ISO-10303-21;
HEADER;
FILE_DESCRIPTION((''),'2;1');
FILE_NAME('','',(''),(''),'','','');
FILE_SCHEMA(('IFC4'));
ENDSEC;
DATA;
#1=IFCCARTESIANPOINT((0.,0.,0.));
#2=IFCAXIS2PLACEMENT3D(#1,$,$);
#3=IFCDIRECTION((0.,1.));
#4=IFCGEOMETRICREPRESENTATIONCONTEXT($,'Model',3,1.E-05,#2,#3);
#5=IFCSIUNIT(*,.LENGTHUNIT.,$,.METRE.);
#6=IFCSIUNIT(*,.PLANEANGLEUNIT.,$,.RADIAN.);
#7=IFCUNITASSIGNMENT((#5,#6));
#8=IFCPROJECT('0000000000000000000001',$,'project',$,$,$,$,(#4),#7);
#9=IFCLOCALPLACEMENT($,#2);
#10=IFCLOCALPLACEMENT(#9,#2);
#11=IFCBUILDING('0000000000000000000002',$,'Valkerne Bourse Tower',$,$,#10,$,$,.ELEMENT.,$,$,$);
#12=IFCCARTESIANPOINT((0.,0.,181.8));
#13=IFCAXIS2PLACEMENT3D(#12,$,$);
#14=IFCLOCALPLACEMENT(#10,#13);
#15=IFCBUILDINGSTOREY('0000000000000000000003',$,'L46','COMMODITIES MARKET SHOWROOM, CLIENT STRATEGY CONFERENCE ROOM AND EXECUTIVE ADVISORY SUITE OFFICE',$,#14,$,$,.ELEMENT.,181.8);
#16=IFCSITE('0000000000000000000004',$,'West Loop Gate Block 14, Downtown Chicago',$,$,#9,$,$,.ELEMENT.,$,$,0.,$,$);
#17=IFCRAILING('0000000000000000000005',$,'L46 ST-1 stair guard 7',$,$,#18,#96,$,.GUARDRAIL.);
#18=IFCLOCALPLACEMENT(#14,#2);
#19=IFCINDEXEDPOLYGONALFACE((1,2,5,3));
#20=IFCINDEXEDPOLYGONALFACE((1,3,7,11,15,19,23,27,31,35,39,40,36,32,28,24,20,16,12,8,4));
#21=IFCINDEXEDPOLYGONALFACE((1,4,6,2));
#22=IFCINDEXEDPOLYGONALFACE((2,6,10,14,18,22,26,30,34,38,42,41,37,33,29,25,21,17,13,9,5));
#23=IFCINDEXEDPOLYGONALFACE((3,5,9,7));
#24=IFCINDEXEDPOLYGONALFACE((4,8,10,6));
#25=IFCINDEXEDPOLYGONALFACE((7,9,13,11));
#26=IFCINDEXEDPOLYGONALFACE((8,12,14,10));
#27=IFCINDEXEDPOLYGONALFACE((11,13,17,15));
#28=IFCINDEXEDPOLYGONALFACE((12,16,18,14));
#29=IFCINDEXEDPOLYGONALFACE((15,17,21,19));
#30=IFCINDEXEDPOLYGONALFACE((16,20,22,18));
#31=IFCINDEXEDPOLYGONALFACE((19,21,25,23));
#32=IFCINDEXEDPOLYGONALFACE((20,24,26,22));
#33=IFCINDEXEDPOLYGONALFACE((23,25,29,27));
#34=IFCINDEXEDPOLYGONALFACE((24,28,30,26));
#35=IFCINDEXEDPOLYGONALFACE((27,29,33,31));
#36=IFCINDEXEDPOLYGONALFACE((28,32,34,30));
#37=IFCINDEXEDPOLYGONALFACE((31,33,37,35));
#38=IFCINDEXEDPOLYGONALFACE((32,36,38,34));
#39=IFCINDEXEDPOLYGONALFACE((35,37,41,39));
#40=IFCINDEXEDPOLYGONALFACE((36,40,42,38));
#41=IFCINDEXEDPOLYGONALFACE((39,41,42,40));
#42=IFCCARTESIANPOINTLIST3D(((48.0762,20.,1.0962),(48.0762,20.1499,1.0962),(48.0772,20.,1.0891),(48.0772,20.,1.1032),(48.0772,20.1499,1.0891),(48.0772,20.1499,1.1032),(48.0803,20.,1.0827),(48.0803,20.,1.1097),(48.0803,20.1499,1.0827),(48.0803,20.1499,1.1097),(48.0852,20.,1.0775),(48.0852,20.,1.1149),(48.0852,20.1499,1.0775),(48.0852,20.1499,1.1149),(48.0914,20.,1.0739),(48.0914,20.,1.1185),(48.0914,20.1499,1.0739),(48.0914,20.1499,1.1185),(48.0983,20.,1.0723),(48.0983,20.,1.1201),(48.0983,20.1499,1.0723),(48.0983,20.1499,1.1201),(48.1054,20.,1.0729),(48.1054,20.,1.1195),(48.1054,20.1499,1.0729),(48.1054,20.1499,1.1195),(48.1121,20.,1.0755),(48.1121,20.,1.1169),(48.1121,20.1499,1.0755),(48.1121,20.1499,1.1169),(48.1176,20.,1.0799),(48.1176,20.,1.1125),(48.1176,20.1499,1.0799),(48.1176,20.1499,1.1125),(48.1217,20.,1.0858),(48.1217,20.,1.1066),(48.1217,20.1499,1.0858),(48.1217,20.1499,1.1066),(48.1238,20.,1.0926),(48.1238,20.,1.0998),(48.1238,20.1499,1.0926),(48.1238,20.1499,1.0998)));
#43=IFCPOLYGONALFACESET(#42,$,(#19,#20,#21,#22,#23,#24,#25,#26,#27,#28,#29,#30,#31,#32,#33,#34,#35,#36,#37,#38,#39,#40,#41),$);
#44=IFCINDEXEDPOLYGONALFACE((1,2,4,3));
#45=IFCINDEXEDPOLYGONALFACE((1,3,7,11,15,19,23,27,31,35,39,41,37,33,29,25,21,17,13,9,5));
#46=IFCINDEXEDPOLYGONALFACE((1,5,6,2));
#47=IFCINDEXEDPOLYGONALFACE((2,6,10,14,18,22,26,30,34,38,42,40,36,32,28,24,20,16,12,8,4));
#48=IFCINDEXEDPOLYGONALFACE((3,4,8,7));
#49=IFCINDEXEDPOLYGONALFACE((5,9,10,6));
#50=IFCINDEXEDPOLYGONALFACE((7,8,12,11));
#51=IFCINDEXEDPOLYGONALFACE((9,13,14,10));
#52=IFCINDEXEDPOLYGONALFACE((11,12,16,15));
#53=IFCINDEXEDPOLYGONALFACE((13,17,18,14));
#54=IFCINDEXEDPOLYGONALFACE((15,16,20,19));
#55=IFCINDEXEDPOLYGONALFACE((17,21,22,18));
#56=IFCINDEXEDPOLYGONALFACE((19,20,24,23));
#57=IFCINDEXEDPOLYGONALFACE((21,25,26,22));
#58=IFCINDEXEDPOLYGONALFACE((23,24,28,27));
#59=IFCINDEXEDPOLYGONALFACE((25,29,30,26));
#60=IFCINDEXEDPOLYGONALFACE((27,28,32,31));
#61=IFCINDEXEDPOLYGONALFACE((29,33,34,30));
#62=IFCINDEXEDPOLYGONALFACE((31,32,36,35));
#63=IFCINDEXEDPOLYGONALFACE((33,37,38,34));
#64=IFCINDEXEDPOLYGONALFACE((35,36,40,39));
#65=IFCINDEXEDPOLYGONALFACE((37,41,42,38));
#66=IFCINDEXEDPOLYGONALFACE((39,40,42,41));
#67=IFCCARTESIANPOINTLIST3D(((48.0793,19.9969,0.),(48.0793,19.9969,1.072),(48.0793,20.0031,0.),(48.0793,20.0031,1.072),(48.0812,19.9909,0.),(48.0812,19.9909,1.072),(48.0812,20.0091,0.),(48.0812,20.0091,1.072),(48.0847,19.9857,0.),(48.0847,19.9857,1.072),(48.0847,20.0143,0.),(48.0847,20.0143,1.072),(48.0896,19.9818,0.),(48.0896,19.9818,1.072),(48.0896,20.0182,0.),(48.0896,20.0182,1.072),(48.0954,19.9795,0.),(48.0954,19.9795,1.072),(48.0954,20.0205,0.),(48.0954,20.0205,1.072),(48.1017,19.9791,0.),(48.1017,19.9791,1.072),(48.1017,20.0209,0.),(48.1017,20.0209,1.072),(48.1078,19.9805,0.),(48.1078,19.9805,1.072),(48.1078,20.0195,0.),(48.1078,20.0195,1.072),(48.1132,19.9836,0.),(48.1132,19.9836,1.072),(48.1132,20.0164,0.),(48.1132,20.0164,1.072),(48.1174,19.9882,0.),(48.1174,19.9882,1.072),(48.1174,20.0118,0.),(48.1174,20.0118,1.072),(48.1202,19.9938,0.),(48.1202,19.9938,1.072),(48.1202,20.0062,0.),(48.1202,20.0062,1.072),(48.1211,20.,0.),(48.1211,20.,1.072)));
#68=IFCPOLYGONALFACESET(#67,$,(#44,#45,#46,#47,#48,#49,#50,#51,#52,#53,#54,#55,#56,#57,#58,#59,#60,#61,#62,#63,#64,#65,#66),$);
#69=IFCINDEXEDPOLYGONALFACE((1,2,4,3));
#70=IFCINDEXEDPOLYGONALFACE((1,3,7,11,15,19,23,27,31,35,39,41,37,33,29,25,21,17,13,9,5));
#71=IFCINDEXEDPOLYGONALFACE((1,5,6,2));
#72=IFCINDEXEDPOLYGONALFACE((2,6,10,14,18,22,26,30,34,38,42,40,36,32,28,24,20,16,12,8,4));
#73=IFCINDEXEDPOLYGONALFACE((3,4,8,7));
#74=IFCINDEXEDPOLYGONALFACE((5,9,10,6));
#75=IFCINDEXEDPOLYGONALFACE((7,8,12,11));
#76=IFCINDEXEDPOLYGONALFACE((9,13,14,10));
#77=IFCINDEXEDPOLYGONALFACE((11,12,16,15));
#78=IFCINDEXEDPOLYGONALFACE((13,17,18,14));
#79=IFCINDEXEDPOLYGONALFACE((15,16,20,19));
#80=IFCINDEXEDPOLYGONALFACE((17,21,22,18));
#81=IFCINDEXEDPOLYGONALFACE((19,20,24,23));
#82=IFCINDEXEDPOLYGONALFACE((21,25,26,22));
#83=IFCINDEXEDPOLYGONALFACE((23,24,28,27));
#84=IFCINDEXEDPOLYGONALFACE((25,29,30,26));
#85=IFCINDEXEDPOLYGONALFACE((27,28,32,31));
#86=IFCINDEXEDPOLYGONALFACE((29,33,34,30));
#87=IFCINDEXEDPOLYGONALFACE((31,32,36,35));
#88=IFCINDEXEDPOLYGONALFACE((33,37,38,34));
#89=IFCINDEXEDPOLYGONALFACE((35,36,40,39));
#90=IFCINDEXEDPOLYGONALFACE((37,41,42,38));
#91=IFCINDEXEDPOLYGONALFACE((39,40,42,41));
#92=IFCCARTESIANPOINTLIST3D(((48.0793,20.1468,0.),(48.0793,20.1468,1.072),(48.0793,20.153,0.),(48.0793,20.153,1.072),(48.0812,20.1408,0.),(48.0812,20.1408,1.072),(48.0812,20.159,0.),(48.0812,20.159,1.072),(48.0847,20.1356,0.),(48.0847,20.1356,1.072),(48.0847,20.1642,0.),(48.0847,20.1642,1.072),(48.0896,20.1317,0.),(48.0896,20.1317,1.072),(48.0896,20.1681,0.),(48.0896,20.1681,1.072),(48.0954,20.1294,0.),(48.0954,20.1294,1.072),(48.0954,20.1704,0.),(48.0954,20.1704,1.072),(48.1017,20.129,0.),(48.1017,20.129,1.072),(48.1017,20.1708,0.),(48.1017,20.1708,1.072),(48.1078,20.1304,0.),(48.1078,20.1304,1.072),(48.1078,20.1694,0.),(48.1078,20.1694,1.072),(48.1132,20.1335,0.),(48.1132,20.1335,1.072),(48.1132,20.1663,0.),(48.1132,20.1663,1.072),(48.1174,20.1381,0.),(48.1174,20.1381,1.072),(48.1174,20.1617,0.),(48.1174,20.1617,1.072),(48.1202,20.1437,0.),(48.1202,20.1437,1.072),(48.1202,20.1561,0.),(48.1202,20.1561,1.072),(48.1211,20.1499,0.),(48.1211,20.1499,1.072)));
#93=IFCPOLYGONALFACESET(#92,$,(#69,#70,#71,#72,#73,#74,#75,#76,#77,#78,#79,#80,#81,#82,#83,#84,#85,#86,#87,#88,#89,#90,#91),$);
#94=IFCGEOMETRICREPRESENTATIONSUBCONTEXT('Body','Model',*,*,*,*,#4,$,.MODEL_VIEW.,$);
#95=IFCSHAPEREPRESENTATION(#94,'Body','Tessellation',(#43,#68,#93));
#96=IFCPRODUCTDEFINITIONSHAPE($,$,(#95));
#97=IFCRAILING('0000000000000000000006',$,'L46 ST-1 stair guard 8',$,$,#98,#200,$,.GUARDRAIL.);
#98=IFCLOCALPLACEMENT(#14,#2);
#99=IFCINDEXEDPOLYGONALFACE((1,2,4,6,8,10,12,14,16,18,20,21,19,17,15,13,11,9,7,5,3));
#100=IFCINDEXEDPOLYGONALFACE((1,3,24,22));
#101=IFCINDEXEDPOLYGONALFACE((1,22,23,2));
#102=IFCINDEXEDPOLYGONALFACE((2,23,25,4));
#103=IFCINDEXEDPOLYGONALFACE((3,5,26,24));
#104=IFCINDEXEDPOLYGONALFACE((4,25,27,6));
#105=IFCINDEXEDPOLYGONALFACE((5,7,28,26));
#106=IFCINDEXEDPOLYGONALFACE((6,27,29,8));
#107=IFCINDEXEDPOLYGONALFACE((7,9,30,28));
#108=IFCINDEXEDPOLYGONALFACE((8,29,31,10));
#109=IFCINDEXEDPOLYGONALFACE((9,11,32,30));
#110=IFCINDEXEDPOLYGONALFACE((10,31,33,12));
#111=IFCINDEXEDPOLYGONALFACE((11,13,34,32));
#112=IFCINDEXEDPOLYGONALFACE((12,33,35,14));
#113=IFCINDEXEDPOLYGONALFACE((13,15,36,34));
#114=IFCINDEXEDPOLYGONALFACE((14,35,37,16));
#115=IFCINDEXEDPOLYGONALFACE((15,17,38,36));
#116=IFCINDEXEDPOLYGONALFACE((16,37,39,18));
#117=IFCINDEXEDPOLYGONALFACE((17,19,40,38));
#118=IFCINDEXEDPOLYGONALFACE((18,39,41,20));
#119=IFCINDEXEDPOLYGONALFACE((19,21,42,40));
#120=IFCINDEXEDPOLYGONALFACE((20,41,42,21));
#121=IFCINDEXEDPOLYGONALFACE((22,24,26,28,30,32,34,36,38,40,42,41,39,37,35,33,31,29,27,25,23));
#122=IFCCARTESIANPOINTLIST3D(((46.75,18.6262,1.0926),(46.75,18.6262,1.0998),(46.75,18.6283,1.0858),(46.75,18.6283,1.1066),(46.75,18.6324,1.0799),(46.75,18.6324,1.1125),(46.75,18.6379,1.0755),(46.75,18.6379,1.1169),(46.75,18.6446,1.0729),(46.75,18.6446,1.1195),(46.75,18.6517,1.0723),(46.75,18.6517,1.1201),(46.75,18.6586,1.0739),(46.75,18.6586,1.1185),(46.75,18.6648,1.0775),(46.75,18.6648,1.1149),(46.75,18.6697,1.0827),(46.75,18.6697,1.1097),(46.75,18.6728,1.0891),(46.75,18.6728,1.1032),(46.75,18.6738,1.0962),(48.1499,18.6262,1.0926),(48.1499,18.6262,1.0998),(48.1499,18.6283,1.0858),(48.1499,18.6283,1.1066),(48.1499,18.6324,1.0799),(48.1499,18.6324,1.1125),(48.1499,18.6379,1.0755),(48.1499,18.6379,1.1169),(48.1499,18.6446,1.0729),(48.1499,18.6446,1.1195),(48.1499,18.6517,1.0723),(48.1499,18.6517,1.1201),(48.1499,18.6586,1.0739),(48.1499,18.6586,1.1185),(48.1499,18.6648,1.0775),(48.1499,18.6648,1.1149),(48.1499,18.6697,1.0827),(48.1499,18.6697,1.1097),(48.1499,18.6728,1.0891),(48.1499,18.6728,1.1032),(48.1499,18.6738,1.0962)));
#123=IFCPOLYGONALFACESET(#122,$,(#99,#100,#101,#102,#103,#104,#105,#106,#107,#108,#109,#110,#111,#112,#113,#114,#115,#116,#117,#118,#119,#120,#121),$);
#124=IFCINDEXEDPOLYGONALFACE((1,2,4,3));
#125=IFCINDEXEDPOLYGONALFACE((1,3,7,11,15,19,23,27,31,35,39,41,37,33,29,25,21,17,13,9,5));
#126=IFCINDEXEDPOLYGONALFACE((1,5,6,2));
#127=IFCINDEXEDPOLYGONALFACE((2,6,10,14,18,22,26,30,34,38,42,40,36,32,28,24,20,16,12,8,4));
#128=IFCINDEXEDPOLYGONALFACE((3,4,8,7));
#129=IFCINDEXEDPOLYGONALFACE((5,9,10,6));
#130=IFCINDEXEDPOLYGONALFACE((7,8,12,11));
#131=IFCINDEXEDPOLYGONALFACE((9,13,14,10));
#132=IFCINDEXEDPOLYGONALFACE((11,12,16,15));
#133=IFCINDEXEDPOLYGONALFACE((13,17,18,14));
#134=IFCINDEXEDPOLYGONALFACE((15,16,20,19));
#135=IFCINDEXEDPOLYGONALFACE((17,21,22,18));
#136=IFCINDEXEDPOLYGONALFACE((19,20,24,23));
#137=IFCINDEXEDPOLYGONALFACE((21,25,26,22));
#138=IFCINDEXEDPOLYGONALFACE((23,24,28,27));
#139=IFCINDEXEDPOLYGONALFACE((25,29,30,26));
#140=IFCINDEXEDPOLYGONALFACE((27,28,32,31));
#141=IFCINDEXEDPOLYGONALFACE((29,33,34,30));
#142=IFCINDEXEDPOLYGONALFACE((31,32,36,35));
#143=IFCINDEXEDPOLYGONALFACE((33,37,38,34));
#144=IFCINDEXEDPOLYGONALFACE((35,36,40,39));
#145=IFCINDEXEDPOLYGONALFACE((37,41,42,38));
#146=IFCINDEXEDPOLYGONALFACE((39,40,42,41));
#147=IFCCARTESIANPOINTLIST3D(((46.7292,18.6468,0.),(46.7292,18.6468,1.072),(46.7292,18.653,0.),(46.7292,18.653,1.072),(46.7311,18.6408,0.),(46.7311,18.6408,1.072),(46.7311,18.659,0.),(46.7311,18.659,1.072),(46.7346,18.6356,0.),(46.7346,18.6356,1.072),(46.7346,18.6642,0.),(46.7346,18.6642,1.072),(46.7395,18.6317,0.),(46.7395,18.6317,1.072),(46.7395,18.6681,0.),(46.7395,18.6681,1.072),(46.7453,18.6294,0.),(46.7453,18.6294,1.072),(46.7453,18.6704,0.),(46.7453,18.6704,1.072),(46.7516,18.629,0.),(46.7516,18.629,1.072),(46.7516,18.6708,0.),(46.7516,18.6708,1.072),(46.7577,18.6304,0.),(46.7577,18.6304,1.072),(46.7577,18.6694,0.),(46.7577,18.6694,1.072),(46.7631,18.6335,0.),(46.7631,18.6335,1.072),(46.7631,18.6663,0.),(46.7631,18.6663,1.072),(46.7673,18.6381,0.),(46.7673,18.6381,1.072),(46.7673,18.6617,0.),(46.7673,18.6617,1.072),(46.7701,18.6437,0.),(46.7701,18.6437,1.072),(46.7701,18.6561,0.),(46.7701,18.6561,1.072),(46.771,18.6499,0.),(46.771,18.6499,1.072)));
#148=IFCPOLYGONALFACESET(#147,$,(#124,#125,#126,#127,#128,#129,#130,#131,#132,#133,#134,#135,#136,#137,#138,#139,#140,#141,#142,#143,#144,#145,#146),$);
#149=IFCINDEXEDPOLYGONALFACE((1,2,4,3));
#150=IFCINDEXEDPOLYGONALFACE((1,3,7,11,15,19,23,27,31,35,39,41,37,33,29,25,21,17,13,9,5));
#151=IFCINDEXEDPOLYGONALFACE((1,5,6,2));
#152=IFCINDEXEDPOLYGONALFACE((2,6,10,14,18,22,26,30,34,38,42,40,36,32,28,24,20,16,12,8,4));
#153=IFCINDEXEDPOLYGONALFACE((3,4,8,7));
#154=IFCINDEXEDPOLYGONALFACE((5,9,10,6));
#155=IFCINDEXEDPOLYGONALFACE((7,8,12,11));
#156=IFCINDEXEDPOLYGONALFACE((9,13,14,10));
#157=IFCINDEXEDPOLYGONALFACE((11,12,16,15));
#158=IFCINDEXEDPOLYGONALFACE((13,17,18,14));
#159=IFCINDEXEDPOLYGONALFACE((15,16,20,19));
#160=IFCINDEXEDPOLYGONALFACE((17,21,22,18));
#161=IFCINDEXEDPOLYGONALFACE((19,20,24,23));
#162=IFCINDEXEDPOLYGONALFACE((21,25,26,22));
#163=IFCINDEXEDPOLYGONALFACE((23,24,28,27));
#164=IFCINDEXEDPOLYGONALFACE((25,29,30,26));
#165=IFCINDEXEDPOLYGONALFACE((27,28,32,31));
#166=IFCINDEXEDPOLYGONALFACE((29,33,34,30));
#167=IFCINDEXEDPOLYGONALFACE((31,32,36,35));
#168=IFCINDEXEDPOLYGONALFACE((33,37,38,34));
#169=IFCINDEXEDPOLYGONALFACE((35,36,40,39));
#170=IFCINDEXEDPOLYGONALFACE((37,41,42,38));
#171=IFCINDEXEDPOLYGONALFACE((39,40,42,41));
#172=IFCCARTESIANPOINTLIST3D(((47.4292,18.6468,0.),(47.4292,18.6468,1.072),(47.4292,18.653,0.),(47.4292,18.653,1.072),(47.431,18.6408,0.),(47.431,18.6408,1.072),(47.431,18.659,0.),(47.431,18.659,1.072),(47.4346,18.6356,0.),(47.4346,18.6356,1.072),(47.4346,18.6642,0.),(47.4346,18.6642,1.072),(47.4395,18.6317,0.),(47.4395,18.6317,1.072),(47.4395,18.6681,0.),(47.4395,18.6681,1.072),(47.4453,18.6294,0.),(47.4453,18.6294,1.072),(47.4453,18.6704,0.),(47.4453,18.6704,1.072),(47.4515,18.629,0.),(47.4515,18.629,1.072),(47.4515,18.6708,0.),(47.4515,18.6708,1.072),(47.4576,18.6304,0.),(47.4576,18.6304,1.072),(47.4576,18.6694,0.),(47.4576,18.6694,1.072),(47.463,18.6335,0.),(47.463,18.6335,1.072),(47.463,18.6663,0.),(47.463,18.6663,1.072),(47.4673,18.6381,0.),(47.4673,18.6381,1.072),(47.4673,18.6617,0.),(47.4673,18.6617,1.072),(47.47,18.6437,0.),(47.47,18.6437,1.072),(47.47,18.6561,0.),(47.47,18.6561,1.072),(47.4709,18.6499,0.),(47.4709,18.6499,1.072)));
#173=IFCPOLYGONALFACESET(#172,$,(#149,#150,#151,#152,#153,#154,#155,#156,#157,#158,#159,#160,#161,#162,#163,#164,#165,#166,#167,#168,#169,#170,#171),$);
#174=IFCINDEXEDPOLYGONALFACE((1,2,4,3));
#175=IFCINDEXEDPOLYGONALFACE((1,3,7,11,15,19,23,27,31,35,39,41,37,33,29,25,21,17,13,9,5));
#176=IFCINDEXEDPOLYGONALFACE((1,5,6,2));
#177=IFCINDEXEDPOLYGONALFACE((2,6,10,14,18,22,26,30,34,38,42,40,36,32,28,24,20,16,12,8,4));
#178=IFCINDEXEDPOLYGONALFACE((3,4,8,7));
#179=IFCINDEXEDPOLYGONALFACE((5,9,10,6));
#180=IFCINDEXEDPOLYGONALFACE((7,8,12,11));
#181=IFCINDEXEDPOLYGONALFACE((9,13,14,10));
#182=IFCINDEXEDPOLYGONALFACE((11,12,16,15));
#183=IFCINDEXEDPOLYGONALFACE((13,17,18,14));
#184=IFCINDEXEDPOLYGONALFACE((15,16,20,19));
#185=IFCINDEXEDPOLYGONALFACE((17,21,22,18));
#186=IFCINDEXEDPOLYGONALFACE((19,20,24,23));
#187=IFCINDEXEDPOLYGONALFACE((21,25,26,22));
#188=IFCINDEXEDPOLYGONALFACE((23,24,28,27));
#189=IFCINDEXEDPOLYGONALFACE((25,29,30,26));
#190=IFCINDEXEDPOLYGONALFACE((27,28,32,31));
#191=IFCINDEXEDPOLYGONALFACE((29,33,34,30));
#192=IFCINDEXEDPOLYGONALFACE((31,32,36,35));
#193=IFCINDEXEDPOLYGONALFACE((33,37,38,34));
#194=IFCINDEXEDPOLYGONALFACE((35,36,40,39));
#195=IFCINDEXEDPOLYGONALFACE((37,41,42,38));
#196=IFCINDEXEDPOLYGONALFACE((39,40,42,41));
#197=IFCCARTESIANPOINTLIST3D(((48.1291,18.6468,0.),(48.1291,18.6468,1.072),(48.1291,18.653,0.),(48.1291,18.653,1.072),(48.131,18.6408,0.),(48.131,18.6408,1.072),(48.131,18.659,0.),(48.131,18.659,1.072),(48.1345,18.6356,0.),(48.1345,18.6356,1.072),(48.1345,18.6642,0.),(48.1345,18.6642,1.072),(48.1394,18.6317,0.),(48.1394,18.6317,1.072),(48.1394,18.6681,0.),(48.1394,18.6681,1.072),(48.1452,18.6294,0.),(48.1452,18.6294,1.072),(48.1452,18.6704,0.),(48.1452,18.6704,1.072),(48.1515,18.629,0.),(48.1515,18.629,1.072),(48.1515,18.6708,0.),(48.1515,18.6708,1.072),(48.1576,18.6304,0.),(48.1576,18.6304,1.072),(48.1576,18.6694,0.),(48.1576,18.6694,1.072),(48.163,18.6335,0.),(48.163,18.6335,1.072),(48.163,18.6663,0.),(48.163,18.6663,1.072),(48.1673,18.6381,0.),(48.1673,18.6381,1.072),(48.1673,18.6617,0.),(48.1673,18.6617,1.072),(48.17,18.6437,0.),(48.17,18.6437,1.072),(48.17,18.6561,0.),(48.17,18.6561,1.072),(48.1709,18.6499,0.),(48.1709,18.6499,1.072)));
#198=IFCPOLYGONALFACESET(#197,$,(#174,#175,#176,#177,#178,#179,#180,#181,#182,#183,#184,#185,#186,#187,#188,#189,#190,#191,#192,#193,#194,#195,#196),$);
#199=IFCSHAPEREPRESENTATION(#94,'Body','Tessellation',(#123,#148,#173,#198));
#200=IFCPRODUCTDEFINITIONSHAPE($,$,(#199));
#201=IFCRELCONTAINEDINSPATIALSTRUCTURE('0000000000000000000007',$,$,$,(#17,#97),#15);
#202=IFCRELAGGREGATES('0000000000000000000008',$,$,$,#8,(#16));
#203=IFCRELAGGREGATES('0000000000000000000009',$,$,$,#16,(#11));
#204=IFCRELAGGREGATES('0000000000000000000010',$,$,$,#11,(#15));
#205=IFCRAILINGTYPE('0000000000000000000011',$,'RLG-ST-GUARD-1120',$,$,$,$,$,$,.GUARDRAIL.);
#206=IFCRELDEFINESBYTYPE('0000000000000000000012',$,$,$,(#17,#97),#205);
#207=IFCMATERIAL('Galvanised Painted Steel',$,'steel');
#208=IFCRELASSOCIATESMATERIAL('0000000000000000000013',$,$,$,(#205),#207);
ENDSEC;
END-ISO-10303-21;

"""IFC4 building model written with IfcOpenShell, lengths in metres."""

from ifc_helpers import new_model, si_unit, direction, frame, origin, origin_2d, place, context, subcontext, project, spatial, circle, extrude, material, type_object, element, save


model = new_model("IFC4")

# Units and contexts
model_context = context("Model", 3, precision=1e-05, world=origin(), true_north=direction((0.0, 1.0)))
body_context = subcontext(model_context, "Body", "Model", "MODEL_VIEW")
ifc_project = project(units=[si_unit("LENGTHUNIT", "METRE"), si_unit("PLANEANGLEUNIT", "RADIAN")], contexts=[model_context])

# Site, building, storey
site_placement = place(None, origin())
site = spatial("IfcSite", under=ifc_project, at=site_placement, Name="West Loop Gate Block 14, Downtown Chicago", CompositionType="ELEMENT", RefElevation=0.0)
building_placement = place(site_placement, origin())
building = spatial("IfcBuilding", under=site, at=building_placement, Name="Valkerne Bourse Tower", CompositionType="ELEMENT")
storey_placement = place(building_placement, frame((0.0, 0.0, 181.8)))
storey = spatial("IfcBuildingStorey", under=building, at=storey_placement, Name="L46", Description="COMMODITIES MARKET SHOWROOM, CLIENT STRATEGY CONFERENCE ROOM AND EXECUTIVE ADVISORY SUITE OFFICE", CompositionType="ELEMENT", Elevation=181.8)

# Shared definitions
ifc_material_1 = material(Name="Galvanised Painted Steel", Category="steel")

# Railings
railing_type_1 = type_object("IfcRailingType", Name="RLG-ST-GUARD-1120", PredefinedType="GUARDRAIL", material=ifc_material_1)
railing_1_placement = place(storey_placement, frame((48.1001, 20.0, 0.0)))
element("IfcRailing", 1, at=railing_1_placement, inside=storey, type_object=railing_type_1, Name="L46 ST-1 stair guard 7", PredefinedType="GUARDRAIL", context=body_context, shape_type="SweptSolid", body=[
    extrude(circle(Radius=0.0239, at=origin_2d()), frame((0.0, 0.0, 1.0962), z_axis=(0.0, 1.0, 0.0), x_axis=(-1.0, 0.0, 0.0)), (0.0, 0.0, 1.0), 0.1499),
    extrude(circle(Radius=0.021, at=origin_2d()), origin(), (0.0, 0.0, 1.0), 1.072),
    extrude(circle(Radius=0.021, at=origin_2d()), frame((0.0, 0.1499, 0.0)), (0.0, 0.0, 1.0), 1.072),
])
for number, where, name in (
    (2, (46.75, 18.6499, 0.0), "L46 ST-1 stair guard 8"),
):
    element("IfcRailing", number, at=place(storey_placement, frame(where)), inside=storey, type_object=railing_type_1, Name=name, PredefinedType="GUARDRAIL", context=body_context, shape_type="SweptSolid", body=[
        extrude(circle(Radius=0.0239, at=origin_2d()), frame((0.0, 0.0, 1.0962), z_axis=(1.0, 0.0, 0.0), x_axis=(0.0, 1.0, 0.0)), (0.0, 0.0, 1.0), 1.3999),
        extrude(circle(Radius=0.021, at=origin_2d()), origin(), (0.0, 0.0, 1.0), 1.072),
        extrude(circle(Radius=0.021, at=origin_2d()), frame((0.7, 0.0, 0.0)), (0.0, 0.0, 1.0), 1.072),
        extrude(circle(Radius=0.021, at=origin_2d()), frame((1.3999, 0.0, 0.0)), (0.0, 0.0, 1.0), 1.072),
    ])

save(model, "model.ifc")
